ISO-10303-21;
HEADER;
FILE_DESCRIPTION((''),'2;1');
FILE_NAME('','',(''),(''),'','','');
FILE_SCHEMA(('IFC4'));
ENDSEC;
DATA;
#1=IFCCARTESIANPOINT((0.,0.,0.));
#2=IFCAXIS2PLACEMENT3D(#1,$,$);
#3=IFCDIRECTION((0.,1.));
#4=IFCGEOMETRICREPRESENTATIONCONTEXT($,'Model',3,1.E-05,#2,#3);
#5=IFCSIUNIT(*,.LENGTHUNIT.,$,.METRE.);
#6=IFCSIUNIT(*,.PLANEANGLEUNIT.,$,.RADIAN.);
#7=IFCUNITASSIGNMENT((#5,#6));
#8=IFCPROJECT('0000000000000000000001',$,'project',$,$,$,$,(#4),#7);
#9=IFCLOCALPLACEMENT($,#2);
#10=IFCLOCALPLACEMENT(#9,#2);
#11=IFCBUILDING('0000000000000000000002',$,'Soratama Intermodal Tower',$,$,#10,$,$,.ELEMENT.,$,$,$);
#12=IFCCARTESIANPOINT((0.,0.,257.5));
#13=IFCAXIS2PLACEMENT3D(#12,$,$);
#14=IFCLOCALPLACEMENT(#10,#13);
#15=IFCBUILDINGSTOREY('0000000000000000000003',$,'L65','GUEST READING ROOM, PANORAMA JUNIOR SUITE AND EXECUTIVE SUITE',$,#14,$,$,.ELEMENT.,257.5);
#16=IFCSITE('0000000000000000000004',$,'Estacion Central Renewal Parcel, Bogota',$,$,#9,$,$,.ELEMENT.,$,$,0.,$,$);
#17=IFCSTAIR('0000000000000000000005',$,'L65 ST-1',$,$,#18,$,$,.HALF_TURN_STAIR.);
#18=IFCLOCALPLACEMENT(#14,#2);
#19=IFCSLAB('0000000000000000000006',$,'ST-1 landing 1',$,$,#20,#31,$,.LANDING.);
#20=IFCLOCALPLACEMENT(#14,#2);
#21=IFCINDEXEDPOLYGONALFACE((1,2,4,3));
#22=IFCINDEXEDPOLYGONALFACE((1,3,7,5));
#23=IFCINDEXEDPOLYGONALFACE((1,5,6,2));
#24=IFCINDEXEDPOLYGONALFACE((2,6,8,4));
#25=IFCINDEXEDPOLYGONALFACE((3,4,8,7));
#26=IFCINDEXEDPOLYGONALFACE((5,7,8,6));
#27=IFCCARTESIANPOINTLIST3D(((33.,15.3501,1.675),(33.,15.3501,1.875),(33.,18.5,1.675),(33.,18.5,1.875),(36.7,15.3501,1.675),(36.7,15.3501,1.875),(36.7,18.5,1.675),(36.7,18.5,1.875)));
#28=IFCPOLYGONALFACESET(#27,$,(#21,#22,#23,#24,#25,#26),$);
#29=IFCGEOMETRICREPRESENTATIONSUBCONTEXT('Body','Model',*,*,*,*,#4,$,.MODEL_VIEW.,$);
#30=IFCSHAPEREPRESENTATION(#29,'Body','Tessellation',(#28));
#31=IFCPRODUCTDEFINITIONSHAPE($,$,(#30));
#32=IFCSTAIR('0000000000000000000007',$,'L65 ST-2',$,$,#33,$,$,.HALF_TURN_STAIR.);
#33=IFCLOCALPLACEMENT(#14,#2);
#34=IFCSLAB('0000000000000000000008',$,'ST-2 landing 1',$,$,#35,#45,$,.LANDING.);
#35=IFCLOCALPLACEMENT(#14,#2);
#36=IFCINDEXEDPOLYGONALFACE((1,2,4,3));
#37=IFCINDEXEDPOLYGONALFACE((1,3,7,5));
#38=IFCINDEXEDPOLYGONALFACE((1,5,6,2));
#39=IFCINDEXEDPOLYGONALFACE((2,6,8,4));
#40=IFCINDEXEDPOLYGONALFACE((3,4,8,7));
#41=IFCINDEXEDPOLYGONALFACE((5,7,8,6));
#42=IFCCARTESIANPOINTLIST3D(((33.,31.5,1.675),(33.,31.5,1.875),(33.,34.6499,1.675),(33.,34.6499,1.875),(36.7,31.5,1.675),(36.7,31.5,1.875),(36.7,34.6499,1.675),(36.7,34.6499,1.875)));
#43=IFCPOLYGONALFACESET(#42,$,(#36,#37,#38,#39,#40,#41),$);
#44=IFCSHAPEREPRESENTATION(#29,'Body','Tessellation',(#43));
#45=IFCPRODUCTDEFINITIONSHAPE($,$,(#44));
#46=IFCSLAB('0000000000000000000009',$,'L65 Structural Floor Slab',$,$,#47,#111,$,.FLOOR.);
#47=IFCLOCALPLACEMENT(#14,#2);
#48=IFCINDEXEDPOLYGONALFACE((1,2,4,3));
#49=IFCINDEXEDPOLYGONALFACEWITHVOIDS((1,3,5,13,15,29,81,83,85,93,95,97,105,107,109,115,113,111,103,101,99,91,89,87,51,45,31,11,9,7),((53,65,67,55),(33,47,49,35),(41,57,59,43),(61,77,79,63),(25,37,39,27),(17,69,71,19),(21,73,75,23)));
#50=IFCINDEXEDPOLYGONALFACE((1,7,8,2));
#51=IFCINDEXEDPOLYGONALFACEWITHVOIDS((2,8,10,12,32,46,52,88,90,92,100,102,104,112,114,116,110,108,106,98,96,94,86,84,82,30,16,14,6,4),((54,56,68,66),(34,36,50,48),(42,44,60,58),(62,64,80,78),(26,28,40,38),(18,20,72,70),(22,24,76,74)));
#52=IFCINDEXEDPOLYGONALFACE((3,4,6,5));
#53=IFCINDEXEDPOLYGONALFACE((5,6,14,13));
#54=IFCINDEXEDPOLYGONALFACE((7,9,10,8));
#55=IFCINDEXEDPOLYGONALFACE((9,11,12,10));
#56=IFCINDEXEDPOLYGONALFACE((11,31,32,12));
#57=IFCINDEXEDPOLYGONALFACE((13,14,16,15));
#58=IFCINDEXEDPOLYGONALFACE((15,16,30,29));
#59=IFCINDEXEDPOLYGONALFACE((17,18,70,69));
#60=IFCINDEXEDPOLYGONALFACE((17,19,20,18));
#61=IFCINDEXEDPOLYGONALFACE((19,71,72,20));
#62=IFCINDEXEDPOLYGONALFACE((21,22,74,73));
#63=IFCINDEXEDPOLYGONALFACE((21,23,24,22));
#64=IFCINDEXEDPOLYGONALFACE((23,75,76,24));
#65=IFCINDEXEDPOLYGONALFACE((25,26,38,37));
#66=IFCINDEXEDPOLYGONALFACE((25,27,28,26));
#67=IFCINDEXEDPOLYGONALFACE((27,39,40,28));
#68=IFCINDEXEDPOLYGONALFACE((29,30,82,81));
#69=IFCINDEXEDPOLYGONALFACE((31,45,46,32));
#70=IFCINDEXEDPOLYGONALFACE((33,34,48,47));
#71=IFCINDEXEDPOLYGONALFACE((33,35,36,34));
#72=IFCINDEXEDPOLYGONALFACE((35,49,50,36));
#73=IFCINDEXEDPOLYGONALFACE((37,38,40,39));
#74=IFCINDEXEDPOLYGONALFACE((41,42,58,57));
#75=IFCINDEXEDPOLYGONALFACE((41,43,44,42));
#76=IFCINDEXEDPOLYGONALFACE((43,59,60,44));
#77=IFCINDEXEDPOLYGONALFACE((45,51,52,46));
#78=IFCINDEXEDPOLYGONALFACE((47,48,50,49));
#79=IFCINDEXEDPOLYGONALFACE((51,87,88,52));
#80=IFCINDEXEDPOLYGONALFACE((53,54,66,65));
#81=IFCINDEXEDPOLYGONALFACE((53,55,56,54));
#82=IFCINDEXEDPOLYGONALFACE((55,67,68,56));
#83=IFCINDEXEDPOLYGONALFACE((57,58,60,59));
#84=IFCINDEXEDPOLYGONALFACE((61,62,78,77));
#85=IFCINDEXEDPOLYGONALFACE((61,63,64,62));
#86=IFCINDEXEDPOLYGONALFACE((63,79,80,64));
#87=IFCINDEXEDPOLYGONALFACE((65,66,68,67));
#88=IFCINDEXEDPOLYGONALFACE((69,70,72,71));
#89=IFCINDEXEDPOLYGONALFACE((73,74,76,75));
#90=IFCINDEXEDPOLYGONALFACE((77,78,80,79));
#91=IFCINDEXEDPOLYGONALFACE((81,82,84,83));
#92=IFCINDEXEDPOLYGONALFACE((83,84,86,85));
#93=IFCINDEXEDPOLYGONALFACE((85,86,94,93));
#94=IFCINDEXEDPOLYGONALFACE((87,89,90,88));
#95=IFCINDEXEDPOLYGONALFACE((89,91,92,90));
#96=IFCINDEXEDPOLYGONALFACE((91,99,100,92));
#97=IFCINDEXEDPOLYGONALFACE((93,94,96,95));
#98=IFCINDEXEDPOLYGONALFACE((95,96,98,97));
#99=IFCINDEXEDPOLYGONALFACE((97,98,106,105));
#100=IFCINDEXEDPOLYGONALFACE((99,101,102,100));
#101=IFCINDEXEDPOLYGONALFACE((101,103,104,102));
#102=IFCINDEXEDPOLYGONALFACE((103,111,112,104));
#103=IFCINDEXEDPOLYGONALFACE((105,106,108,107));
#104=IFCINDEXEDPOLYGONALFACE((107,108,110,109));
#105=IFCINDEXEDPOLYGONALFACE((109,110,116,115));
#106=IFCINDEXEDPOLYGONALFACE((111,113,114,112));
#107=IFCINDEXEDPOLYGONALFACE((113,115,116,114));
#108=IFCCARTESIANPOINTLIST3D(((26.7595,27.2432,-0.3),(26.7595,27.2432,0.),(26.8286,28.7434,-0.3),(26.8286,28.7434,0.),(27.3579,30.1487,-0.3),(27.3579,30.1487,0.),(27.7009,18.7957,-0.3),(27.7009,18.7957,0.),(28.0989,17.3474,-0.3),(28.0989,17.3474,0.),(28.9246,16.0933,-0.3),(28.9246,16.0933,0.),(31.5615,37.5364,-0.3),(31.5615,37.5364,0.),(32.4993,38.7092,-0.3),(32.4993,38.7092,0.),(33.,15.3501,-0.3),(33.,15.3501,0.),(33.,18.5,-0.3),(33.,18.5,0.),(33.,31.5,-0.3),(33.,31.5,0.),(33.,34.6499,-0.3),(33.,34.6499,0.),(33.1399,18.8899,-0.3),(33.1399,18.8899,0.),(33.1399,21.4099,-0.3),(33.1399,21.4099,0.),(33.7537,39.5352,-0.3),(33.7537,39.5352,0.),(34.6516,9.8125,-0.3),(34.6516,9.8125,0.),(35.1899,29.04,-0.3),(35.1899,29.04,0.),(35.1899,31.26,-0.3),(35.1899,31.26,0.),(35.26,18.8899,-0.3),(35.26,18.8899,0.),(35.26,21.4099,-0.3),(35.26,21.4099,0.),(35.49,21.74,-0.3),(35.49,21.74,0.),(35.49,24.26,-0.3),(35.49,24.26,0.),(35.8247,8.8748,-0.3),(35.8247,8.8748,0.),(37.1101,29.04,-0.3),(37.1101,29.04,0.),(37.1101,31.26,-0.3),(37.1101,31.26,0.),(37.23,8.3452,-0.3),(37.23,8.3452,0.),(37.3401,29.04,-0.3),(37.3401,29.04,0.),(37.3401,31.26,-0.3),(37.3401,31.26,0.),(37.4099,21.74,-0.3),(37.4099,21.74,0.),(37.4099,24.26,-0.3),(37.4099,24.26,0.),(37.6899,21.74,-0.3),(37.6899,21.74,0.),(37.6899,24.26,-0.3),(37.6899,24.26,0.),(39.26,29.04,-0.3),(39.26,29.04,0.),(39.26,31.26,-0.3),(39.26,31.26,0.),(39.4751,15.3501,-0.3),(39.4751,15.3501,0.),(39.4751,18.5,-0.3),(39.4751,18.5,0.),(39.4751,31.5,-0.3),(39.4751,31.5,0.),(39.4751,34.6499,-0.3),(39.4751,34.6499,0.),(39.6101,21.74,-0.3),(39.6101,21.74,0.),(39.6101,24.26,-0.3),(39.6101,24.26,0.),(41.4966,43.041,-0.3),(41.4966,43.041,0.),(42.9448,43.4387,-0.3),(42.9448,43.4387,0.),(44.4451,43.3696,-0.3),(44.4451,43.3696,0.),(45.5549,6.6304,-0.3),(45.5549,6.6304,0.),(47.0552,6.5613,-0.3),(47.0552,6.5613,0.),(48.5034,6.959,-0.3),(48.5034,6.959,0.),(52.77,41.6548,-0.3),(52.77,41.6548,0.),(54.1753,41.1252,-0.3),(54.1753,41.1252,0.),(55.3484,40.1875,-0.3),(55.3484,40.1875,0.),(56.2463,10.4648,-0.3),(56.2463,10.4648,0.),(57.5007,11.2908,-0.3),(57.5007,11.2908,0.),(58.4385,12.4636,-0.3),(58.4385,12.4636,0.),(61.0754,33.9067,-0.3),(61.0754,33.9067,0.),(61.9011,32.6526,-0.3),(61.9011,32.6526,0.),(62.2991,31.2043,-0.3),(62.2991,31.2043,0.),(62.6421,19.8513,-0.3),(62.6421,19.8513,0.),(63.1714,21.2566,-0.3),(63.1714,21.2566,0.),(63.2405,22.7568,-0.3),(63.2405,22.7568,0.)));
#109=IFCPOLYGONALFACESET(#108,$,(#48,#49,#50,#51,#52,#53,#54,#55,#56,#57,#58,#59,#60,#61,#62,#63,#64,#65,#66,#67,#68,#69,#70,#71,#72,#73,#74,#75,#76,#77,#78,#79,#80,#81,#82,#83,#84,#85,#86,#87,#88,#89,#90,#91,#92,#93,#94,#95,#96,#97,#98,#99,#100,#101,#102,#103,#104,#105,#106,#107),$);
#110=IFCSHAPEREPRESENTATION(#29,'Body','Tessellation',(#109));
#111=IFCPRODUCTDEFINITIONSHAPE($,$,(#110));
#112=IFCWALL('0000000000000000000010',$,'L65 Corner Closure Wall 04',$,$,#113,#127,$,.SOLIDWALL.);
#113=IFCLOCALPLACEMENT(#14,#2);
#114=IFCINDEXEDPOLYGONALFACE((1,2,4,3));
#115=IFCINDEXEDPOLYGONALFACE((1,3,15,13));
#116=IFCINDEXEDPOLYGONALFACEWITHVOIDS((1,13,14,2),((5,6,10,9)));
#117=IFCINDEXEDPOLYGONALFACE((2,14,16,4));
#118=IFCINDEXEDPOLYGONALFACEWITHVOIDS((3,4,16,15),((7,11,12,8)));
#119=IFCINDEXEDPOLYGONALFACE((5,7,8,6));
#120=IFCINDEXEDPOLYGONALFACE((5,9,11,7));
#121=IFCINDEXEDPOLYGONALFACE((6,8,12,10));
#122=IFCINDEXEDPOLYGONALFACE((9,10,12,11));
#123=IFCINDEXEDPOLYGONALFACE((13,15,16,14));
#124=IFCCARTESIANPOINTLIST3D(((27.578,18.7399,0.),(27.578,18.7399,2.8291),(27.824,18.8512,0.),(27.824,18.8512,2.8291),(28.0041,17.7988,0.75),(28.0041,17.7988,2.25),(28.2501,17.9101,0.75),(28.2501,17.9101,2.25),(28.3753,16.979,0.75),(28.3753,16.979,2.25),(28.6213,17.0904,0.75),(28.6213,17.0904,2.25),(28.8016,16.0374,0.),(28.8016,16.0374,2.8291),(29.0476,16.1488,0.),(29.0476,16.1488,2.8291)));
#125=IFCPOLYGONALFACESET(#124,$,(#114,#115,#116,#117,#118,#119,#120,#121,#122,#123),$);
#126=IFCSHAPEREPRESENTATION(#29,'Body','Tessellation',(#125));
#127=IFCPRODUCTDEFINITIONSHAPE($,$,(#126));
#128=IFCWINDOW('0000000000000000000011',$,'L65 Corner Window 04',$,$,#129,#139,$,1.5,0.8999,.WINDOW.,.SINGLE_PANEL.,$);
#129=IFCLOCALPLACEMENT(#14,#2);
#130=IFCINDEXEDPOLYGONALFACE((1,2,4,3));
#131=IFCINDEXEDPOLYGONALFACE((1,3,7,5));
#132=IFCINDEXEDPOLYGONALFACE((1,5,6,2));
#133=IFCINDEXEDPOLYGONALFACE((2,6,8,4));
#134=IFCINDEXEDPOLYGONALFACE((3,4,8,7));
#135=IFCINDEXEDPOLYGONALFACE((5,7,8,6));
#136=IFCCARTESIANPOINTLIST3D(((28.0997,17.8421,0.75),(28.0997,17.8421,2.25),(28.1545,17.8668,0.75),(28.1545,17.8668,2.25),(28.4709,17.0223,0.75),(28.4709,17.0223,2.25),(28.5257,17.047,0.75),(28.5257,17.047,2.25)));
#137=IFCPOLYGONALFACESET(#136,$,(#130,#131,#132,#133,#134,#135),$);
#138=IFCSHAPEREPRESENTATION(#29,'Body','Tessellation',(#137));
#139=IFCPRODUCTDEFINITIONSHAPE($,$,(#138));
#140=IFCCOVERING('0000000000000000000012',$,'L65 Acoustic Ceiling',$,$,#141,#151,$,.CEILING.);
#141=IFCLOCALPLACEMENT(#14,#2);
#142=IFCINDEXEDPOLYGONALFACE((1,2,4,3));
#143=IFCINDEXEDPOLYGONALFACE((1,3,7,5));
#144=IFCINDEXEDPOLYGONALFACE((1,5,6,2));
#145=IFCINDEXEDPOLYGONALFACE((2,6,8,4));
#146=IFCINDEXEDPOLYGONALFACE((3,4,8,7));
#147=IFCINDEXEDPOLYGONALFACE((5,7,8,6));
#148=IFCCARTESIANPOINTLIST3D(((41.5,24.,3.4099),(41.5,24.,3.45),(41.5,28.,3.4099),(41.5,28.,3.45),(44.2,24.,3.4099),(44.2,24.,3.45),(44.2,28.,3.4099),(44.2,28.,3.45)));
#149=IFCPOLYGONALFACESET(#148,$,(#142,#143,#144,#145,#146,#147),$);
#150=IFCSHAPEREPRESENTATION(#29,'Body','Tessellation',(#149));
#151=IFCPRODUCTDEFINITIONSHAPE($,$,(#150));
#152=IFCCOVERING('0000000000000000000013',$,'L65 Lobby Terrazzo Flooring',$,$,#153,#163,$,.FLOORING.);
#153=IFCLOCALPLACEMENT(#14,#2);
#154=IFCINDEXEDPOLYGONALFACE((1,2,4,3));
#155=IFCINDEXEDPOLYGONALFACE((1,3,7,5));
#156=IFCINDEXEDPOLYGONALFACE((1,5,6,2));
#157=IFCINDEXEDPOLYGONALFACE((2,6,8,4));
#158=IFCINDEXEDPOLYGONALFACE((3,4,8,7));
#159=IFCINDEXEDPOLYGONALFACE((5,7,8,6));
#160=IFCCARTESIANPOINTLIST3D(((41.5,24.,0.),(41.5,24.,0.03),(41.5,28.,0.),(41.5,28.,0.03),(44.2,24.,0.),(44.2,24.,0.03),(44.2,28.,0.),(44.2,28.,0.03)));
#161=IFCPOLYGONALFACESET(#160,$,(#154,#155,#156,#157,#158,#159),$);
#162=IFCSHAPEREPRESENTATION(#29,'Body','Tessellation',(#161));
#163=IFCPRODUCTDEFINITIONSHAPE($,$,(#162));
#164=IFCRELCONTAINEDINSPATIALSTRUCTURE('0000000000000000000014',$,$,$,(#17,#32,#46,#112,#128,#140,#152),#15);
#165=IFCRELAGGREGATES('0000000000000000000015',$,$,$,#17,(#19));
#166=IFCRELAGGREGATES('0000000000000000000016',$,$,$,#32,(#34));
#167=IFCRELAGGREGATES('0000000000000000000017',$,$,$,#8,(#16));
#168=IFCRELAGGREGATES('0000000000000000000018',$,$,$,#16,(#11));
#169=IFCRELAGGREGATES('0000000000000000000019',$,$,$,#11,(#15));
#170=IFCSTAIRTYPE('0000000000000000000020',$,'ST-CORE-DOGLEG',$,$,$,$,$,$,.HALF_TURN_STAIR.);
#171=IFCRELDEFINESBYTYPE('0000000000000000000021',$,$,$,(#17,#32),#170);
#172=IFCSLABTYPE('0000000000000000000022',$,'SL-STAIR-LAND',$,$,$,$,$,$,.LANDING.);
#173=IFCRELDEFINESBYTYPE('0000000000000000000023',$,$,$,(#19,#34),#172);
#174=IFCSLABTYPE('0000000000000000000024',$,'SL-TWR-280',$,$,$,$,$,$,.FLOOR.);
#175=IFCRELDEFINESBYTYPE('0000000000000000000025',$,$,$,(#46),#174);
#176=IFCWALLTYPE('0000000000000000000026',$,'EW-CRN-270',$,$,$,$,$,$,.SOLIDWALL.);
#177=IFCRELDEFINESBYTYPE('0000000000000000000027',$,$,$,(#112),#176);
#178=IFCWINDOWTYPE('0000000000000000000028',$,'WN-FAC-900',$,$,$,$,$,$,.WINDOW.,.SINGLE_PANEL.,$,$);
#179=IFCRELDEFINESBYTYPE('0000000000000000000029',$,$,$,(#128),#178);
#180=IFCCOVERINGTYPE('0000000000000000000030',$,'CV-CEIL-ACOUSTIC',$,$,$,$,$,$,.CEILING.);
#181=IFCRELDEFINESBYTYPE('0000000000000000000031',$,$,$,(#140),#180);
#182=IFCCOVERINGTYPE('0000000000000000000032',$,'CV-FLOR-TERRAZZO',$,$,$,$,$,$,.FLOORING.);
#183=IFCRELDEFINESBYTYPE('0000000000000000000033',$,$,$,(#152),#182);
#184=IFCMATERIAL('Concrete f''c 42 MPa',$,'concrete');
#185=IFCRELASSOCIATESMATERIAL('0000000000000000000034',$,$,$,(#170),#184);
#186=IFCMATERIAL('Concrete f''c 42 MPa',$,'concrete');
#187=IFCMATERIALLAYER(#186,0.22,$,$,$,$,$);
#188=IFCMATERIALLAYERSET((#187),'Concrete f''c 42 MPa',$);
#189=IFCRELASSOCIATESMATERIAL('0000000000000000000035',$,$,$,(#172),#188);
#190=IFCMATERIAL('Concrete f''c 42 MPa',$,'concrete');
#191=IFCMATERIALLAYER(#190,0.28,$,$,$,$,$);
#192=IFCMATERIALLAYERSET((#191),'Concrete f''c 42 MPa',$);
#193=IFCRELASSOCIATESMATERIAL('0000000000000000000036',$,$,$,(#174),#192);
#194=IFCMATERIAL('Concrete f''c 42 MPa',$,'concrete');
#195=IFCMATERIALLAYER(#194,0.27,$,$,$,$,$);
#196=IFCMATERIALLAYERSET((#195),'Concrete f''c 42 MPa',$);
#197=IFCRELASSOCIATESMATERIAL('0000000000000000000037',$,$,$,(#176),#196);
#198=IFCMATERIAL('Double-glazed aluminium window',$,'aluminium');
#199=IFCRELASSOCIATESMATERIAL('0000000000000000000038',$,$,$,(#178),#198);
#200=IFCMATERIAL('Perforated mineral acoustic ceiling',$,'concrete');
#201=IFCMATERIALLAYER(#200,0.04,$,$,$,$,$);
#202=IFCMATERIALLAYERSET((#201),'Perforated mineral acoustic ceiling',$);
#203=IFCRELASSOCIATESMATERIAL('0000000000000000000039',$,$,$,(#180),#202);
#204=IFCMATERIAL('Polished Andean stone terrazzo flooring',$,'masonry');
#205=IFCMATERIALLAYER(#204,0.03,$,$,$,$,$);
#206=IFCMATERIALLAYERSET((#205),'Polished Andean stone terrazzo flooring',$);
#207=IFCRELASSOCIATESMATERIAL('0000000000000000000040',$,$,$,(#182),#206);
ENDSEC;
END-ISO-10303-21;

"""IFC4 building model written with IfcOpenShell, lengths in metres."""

from ifc_helpers import new_model, si_unit, direction, frame, frame_2d, origin, place, context, subcontext, project, spatial, polyline, rectangle, outline, extrude, material, layer, layer_set, type_object, element, fill, aggregate, save


model = new_model("IFC4")

# Units and contexts
model_context = context("Model", 3, precision=1e-05, world=origin(), true_north=direction((0.0, 1.0)))
body_context = subcontext(model_context, "Body", "Model", "MODEL_VIEW")
ifc_project = project(units=[si_unit("LENGTHUNIT", "METRE"), si_unit("PLANEANGLEUNIT", "RADIAN")], contexts=[model_context])

# Site, building, storey
site_placement = place(None, origin())
site = spatial("IfcSite", under=ifc_project, at=site_placement, Name="Estacion Central Renewal Parcel, Bogota", CompositionType="ELEMENT", RefElevation=0.0)
building_placement = place(site_placement, origin())
building = spatial("IfcBuilding", under=site, at=building_placement, Name="Soratama Intermodal Tower", CompositionType="ELEMENT")
storey_placement = place(building_placement, frame((0.0, 0.0, 257.5)))
storey = spatial("IfcBuildingStorey", under=building, at=storey_placement, Name="L65", Description="GUEST READING ROOM, PANORAMA JUNIOR SUITE AND EXECUTIVE SUITE", CompositionType="ELEMENT", Elevation=257.5)

# Stairs, slabs
ifc_material_1 = material(Name="Concrete f'c 42 MPa", Category="concrete")
stair_type = type_object("IfcStairType", Name="ST-CORE-DOGLEG", PredefinedType="HALF_TURN_STAIR", material=ifc_material_1)
stair_1_placement = place(storey_placement, origin())
stair_1 = element("IfcStair", 1, at=stair_1_placement, inside=storey, type_object=stair_type, Name="L65 ST-1", PredefinedType="HALF_TURN_STAIR")
ifc_material_2 = material(Name="Concrete f'c 42 MPa", Category="concrete")
ifc_layer_1 = layer(ifc_material_2, 0.22)
ifc_layer_set_1 = layer_set([ifc_layer_1], Name="Concrete f'c 42 MPa")
slab_type_1 = type_object("IfcSlabType", Name="SL-STAIR-LAND", PredefinedType="LANDING", material=ifc_layer_set_1)
slab_1_placement = place(storey_placement, frame((0.0, 0.0, 1.675)))
slab_1 = element("IfcSlab", 2, at=slab_1_placement, type_object=slab_type_1, Name="ST-1 landing 1", PredefinedType="LANDING", context=body_context, shape_type="SweptSolid", body=[
    extrude(outline(polyline([(36.7, 18.5), (33.0, 18.5), (33.0, 15.3501), (36.7, 15.3501), (36.7, 18.5)])), origin(), (0.0, 0.0, 1.0), 0.2),
])
aggregate(stair_1, [slab_1])
stair_2_placement = place(storey_placement, origin())
stair_2 = element("IfcStair", 3, at=stair_2_placement, inside=storey, type_object=stair_type, Name="L65 ST-2", PredefinedType="HALF_TURN_STAIR")
slab_2_placement = place(storey_placement, frame((0.0, 0.0, 1.675)))
slab_2 = element("IfcSlab", 4, at=slab_2_placement, type_object=slab_type_1, Name="ST-2 landing 1", PredefinedType="LANDING", context=body_context, shape_type="SweptSolid", body=[
    extrude(outline(polyline([(36.7, 34.6499), (33.0, 34.6499), (33.0, 31.5), (36.7, 31.5), (36.7, 34.6499)])), origin(), (0.0, 0.0, 1.0), 0.2),
])
aggregate(stair_2, [slab_2])

# Slab
ifc_material_3 = material(Name="Concrete f'c 42 MPa", Category="concrete")
ifc_layer_2 = layer(ifc_material_3, 0.28)
ifc_layer_set_2 = layer_set([ifc_layer_2], Name="Concrete f'c 42 MPa")
slab_type_2 = type_object("IfcSlabType", Name="SL-TWR-280", PredefinedType="FLOOR", material=ifc_layer_set_2)
slab_3_placement = place(storey_placement, frame((0.0, 0.0, -0.3)))
element("IfcSlab", 5, at=slab_3_placement, inside=storey, type_object=slab_type_2, Name="L65 Structural Floor Slab", PredefinedType="FLOOR", context=body_context, shape_type="SweptSolid", body=[
    extrude(outline(polyline([(55.3484, 40.1875), (54.1753, 41.1252), (52.77, 41.6548), (44.4451, 43.3696), (42.9448, 43.4387), (41.4966, 43.041), (33.7537, 39.5352), (32.4993, 38.7092), (31.5615, 37.5364), (27.3579, 30.1487), (26.8286, 28.7434), (26.7595, 27.2432), (27.7009, 18.7957), (28.0989, 17.3474), (28.9246, 16.0933), (34.6516, 9.8125), (35.8247, 8.8748), (37.23, 8.3452), (45.5549, 6.6304), (47.0552, 6.5613), (48.5034, 6.959), (56.2463, 10.4648), (57.5007, 11.2908), (58.4385, 12.4636), (62.6421, 19.8513), (63.1714, 21.2566), (63.2405, 22.7568), (62.2991, 31.2043), (61.9011, 32.6526), (61.0754, 33.9067), (55.3484, 40.1875)]), holes=[polyline([(33.0, 15.3501), (39.4751, 15.3501), (39.4751, 18.5), (33.0, 18.5), (33.0, 15.3501)]), polyline([(35.26, 21.4099), (33.1399, 21.4099), (33.1399, 18.8899), (35.26, 18.8899), (35.26, 21.4099)]), polyline([(37.4099, 24.26), (35.49, 24.26), (35.49, 21.74), (37.4099, 21.74), (37.4099, 24.26)]), polyline([(39.6101, 24.26), (37.6899, 24.26), (37.6899, 21.74), (39.6101, 21.74), (39.6101, 24.26)]), polyline([(37.1101, 31.26), (35.1899, 31.26), (35.1899, 29.04), (37.1101, 29.04), (37.1101, 31.26)]), polyline([(39.26, 31.26), (37.3401, 31.26), (37.3401, 29.04), (39.26, 29.04), (39.26, 31.26)]), polyline([(33.0, 34.6499), (33.0, 31.5), (39.4751, 31.5), (39.4751, 34.6499), (33.0, 34.6499)])]), origin(), (0.0, 0.0, 1.0), 0.3),
])

# Wall, opening, window
ifc_material_4 = material(Name="Concrete f'c 42 MPa", Category="concrete")
ifc_layer_3 = layer(ifc_material_4, 0.27)
ifc_layer_set_3 = layer_set([ifc_layer_3], Name="Concrete f'c 42 MPa")
wall_type = type_object("IfcWallType", Name="EW-CRN-270", PredefinedType="SOLIDWALL", material=ifc_layer_set_3)
wall_placement = place(storey_placement, frame((27.7009, 18.7957, 0.0), z_axis=(0.0, 0.0, 1.0), x_axis=(0.412482, -0.910966, 0.0)))
wall = element("IfcWall", 6, at=wall_placement, inside=storey, type_object=wall_type, Name="L65 Corner Closure Wall 04", PredefinedType="SOLIDWALL", context=body_context, shape_type="SweptSolid", body=[
    extrude(rectangle(XDim=2.9666, YDim=0.27, at=frame_2d((1.4834, 0.0))), origin(), (0.0, 0.0, 1.0), 2.8291),
])
opening_placement = place(wall_placement, frame((1.0332, 0.0, 0.75)))
opening = element("IfcOpeningElement", 7, at=opening_placement, cuts=wall, PredefinedType="OPENING", context=body_context, shape_type="SweptSolid", body=[
    extrude(rectangle(XDim=0.8999, YDim=1.5, at=frame_2d((0.45, 0.75))), frame((0.0, 0.145, 0.0), z_axis=(0.0, -1.0, 0.0), x_axis=(1.0, 0.0, 0.0)), (0.0, 0.0, 1.0), 0.29),
])
ifc_material_5 = material(Name="Double-glazed aluminium window", Category="aluminium")
window_type = type_object("IfcWindowType", Name="WN-FAC-900", PartitioningType="SINGLE_PANEL", PredefinedType="WINDOW", material=ifc_material_5)
window_placement = place(opening_placement, origin())
window = element("IfcWindow", 8, at=window_placement, inside=storey, type_object=window_type, Name="L65 Corner Window 04", OverallHeight=1.5, OverallWidth=0.8999, PartitioningType="SINGLE_PANEL", PredefinedType="WINDOW", context=body_context, shape_type="SweptSolid", body=[
    extrude(rectangle(XDim=0.8999, YDim=1.5, at=frame_2d((0.45, 0.75))), frame((0.0, 0.03, 0.0), z_axis=(0.0, -1.0, 0.0), x_axis=(1.0, 0.0, 0.0)), (0.0, 0.0, 1.0), 0.0601),
])
fill(opening, window)

# Coverings
ifc_material_6 = material(Name="Perforated mineral acoustic ceiling", Category="concrete")
ifc_layer_4 = layer(ifc_material_6, 0.04)
ifc_layer_set_4 = layer_set([ifc_layer_4], Name="Perforated mineral acoustic ceiling")
covering_type_1 = type_object("IfcCoveringType", Name="CV-CEIL-ACOUSTIC", PredefinedType="CEILING", material=ifc_layer_set_4)
covering_1_placement = place(storey_placement, frame((0.0, 0.0, 3.4099)))
element("IfcCovering", 9, at=covering_1_placement, inside=storey, type_object=covering_type_1, Name="L65 Acoustic Ceiling", PredefinedType="CEILING", context=body_context, shape_type="SweptSolid", body=[
    extrude(outline(polyline([(41.5, 24.0), (44.2, 24.0), (44.2, 28.0), (41.5, 28.0), (41.5, 24.0)])), origin(), (0.0, 0.0, 1.0), 0.04),
])
ifc_material_7 = material(Name="Polished Andean stone terrazzo flooring", Category="masonry")
ifc_layer_5 = layer(ifc_material_7, 0.03)
ifc_layer_set_5 = layer_set([ifc_layer_5], Name="Polished Andean stone terrazzo flooring")
covering_type_2 = type_object("IfcCoveringType", Name="CV-FLOR-TERRAZZO", PredefinedType="FLOORING", material=ifc_layer_set_5)
covering_2_placement = place(storey_placement, origin())
element("IfcCovering", 10, at=covering_2_placement, inside=storey, type_object=covering_type_2, Name="L65 Lobby Terrazzo Flooring", PredefinedType="FLOORING", context=body_context, shape_type="SweptSolid", body=[
    extrude(outline(polyline([(41.5, 24.0), (44.2, 24.0), (44.2, 28.0), (41.5, 28.0), (41.5, 24.0)])), origin(), (0.0, 0.0, 1.0), 0.03),
])

save(model, "model.ifc")
